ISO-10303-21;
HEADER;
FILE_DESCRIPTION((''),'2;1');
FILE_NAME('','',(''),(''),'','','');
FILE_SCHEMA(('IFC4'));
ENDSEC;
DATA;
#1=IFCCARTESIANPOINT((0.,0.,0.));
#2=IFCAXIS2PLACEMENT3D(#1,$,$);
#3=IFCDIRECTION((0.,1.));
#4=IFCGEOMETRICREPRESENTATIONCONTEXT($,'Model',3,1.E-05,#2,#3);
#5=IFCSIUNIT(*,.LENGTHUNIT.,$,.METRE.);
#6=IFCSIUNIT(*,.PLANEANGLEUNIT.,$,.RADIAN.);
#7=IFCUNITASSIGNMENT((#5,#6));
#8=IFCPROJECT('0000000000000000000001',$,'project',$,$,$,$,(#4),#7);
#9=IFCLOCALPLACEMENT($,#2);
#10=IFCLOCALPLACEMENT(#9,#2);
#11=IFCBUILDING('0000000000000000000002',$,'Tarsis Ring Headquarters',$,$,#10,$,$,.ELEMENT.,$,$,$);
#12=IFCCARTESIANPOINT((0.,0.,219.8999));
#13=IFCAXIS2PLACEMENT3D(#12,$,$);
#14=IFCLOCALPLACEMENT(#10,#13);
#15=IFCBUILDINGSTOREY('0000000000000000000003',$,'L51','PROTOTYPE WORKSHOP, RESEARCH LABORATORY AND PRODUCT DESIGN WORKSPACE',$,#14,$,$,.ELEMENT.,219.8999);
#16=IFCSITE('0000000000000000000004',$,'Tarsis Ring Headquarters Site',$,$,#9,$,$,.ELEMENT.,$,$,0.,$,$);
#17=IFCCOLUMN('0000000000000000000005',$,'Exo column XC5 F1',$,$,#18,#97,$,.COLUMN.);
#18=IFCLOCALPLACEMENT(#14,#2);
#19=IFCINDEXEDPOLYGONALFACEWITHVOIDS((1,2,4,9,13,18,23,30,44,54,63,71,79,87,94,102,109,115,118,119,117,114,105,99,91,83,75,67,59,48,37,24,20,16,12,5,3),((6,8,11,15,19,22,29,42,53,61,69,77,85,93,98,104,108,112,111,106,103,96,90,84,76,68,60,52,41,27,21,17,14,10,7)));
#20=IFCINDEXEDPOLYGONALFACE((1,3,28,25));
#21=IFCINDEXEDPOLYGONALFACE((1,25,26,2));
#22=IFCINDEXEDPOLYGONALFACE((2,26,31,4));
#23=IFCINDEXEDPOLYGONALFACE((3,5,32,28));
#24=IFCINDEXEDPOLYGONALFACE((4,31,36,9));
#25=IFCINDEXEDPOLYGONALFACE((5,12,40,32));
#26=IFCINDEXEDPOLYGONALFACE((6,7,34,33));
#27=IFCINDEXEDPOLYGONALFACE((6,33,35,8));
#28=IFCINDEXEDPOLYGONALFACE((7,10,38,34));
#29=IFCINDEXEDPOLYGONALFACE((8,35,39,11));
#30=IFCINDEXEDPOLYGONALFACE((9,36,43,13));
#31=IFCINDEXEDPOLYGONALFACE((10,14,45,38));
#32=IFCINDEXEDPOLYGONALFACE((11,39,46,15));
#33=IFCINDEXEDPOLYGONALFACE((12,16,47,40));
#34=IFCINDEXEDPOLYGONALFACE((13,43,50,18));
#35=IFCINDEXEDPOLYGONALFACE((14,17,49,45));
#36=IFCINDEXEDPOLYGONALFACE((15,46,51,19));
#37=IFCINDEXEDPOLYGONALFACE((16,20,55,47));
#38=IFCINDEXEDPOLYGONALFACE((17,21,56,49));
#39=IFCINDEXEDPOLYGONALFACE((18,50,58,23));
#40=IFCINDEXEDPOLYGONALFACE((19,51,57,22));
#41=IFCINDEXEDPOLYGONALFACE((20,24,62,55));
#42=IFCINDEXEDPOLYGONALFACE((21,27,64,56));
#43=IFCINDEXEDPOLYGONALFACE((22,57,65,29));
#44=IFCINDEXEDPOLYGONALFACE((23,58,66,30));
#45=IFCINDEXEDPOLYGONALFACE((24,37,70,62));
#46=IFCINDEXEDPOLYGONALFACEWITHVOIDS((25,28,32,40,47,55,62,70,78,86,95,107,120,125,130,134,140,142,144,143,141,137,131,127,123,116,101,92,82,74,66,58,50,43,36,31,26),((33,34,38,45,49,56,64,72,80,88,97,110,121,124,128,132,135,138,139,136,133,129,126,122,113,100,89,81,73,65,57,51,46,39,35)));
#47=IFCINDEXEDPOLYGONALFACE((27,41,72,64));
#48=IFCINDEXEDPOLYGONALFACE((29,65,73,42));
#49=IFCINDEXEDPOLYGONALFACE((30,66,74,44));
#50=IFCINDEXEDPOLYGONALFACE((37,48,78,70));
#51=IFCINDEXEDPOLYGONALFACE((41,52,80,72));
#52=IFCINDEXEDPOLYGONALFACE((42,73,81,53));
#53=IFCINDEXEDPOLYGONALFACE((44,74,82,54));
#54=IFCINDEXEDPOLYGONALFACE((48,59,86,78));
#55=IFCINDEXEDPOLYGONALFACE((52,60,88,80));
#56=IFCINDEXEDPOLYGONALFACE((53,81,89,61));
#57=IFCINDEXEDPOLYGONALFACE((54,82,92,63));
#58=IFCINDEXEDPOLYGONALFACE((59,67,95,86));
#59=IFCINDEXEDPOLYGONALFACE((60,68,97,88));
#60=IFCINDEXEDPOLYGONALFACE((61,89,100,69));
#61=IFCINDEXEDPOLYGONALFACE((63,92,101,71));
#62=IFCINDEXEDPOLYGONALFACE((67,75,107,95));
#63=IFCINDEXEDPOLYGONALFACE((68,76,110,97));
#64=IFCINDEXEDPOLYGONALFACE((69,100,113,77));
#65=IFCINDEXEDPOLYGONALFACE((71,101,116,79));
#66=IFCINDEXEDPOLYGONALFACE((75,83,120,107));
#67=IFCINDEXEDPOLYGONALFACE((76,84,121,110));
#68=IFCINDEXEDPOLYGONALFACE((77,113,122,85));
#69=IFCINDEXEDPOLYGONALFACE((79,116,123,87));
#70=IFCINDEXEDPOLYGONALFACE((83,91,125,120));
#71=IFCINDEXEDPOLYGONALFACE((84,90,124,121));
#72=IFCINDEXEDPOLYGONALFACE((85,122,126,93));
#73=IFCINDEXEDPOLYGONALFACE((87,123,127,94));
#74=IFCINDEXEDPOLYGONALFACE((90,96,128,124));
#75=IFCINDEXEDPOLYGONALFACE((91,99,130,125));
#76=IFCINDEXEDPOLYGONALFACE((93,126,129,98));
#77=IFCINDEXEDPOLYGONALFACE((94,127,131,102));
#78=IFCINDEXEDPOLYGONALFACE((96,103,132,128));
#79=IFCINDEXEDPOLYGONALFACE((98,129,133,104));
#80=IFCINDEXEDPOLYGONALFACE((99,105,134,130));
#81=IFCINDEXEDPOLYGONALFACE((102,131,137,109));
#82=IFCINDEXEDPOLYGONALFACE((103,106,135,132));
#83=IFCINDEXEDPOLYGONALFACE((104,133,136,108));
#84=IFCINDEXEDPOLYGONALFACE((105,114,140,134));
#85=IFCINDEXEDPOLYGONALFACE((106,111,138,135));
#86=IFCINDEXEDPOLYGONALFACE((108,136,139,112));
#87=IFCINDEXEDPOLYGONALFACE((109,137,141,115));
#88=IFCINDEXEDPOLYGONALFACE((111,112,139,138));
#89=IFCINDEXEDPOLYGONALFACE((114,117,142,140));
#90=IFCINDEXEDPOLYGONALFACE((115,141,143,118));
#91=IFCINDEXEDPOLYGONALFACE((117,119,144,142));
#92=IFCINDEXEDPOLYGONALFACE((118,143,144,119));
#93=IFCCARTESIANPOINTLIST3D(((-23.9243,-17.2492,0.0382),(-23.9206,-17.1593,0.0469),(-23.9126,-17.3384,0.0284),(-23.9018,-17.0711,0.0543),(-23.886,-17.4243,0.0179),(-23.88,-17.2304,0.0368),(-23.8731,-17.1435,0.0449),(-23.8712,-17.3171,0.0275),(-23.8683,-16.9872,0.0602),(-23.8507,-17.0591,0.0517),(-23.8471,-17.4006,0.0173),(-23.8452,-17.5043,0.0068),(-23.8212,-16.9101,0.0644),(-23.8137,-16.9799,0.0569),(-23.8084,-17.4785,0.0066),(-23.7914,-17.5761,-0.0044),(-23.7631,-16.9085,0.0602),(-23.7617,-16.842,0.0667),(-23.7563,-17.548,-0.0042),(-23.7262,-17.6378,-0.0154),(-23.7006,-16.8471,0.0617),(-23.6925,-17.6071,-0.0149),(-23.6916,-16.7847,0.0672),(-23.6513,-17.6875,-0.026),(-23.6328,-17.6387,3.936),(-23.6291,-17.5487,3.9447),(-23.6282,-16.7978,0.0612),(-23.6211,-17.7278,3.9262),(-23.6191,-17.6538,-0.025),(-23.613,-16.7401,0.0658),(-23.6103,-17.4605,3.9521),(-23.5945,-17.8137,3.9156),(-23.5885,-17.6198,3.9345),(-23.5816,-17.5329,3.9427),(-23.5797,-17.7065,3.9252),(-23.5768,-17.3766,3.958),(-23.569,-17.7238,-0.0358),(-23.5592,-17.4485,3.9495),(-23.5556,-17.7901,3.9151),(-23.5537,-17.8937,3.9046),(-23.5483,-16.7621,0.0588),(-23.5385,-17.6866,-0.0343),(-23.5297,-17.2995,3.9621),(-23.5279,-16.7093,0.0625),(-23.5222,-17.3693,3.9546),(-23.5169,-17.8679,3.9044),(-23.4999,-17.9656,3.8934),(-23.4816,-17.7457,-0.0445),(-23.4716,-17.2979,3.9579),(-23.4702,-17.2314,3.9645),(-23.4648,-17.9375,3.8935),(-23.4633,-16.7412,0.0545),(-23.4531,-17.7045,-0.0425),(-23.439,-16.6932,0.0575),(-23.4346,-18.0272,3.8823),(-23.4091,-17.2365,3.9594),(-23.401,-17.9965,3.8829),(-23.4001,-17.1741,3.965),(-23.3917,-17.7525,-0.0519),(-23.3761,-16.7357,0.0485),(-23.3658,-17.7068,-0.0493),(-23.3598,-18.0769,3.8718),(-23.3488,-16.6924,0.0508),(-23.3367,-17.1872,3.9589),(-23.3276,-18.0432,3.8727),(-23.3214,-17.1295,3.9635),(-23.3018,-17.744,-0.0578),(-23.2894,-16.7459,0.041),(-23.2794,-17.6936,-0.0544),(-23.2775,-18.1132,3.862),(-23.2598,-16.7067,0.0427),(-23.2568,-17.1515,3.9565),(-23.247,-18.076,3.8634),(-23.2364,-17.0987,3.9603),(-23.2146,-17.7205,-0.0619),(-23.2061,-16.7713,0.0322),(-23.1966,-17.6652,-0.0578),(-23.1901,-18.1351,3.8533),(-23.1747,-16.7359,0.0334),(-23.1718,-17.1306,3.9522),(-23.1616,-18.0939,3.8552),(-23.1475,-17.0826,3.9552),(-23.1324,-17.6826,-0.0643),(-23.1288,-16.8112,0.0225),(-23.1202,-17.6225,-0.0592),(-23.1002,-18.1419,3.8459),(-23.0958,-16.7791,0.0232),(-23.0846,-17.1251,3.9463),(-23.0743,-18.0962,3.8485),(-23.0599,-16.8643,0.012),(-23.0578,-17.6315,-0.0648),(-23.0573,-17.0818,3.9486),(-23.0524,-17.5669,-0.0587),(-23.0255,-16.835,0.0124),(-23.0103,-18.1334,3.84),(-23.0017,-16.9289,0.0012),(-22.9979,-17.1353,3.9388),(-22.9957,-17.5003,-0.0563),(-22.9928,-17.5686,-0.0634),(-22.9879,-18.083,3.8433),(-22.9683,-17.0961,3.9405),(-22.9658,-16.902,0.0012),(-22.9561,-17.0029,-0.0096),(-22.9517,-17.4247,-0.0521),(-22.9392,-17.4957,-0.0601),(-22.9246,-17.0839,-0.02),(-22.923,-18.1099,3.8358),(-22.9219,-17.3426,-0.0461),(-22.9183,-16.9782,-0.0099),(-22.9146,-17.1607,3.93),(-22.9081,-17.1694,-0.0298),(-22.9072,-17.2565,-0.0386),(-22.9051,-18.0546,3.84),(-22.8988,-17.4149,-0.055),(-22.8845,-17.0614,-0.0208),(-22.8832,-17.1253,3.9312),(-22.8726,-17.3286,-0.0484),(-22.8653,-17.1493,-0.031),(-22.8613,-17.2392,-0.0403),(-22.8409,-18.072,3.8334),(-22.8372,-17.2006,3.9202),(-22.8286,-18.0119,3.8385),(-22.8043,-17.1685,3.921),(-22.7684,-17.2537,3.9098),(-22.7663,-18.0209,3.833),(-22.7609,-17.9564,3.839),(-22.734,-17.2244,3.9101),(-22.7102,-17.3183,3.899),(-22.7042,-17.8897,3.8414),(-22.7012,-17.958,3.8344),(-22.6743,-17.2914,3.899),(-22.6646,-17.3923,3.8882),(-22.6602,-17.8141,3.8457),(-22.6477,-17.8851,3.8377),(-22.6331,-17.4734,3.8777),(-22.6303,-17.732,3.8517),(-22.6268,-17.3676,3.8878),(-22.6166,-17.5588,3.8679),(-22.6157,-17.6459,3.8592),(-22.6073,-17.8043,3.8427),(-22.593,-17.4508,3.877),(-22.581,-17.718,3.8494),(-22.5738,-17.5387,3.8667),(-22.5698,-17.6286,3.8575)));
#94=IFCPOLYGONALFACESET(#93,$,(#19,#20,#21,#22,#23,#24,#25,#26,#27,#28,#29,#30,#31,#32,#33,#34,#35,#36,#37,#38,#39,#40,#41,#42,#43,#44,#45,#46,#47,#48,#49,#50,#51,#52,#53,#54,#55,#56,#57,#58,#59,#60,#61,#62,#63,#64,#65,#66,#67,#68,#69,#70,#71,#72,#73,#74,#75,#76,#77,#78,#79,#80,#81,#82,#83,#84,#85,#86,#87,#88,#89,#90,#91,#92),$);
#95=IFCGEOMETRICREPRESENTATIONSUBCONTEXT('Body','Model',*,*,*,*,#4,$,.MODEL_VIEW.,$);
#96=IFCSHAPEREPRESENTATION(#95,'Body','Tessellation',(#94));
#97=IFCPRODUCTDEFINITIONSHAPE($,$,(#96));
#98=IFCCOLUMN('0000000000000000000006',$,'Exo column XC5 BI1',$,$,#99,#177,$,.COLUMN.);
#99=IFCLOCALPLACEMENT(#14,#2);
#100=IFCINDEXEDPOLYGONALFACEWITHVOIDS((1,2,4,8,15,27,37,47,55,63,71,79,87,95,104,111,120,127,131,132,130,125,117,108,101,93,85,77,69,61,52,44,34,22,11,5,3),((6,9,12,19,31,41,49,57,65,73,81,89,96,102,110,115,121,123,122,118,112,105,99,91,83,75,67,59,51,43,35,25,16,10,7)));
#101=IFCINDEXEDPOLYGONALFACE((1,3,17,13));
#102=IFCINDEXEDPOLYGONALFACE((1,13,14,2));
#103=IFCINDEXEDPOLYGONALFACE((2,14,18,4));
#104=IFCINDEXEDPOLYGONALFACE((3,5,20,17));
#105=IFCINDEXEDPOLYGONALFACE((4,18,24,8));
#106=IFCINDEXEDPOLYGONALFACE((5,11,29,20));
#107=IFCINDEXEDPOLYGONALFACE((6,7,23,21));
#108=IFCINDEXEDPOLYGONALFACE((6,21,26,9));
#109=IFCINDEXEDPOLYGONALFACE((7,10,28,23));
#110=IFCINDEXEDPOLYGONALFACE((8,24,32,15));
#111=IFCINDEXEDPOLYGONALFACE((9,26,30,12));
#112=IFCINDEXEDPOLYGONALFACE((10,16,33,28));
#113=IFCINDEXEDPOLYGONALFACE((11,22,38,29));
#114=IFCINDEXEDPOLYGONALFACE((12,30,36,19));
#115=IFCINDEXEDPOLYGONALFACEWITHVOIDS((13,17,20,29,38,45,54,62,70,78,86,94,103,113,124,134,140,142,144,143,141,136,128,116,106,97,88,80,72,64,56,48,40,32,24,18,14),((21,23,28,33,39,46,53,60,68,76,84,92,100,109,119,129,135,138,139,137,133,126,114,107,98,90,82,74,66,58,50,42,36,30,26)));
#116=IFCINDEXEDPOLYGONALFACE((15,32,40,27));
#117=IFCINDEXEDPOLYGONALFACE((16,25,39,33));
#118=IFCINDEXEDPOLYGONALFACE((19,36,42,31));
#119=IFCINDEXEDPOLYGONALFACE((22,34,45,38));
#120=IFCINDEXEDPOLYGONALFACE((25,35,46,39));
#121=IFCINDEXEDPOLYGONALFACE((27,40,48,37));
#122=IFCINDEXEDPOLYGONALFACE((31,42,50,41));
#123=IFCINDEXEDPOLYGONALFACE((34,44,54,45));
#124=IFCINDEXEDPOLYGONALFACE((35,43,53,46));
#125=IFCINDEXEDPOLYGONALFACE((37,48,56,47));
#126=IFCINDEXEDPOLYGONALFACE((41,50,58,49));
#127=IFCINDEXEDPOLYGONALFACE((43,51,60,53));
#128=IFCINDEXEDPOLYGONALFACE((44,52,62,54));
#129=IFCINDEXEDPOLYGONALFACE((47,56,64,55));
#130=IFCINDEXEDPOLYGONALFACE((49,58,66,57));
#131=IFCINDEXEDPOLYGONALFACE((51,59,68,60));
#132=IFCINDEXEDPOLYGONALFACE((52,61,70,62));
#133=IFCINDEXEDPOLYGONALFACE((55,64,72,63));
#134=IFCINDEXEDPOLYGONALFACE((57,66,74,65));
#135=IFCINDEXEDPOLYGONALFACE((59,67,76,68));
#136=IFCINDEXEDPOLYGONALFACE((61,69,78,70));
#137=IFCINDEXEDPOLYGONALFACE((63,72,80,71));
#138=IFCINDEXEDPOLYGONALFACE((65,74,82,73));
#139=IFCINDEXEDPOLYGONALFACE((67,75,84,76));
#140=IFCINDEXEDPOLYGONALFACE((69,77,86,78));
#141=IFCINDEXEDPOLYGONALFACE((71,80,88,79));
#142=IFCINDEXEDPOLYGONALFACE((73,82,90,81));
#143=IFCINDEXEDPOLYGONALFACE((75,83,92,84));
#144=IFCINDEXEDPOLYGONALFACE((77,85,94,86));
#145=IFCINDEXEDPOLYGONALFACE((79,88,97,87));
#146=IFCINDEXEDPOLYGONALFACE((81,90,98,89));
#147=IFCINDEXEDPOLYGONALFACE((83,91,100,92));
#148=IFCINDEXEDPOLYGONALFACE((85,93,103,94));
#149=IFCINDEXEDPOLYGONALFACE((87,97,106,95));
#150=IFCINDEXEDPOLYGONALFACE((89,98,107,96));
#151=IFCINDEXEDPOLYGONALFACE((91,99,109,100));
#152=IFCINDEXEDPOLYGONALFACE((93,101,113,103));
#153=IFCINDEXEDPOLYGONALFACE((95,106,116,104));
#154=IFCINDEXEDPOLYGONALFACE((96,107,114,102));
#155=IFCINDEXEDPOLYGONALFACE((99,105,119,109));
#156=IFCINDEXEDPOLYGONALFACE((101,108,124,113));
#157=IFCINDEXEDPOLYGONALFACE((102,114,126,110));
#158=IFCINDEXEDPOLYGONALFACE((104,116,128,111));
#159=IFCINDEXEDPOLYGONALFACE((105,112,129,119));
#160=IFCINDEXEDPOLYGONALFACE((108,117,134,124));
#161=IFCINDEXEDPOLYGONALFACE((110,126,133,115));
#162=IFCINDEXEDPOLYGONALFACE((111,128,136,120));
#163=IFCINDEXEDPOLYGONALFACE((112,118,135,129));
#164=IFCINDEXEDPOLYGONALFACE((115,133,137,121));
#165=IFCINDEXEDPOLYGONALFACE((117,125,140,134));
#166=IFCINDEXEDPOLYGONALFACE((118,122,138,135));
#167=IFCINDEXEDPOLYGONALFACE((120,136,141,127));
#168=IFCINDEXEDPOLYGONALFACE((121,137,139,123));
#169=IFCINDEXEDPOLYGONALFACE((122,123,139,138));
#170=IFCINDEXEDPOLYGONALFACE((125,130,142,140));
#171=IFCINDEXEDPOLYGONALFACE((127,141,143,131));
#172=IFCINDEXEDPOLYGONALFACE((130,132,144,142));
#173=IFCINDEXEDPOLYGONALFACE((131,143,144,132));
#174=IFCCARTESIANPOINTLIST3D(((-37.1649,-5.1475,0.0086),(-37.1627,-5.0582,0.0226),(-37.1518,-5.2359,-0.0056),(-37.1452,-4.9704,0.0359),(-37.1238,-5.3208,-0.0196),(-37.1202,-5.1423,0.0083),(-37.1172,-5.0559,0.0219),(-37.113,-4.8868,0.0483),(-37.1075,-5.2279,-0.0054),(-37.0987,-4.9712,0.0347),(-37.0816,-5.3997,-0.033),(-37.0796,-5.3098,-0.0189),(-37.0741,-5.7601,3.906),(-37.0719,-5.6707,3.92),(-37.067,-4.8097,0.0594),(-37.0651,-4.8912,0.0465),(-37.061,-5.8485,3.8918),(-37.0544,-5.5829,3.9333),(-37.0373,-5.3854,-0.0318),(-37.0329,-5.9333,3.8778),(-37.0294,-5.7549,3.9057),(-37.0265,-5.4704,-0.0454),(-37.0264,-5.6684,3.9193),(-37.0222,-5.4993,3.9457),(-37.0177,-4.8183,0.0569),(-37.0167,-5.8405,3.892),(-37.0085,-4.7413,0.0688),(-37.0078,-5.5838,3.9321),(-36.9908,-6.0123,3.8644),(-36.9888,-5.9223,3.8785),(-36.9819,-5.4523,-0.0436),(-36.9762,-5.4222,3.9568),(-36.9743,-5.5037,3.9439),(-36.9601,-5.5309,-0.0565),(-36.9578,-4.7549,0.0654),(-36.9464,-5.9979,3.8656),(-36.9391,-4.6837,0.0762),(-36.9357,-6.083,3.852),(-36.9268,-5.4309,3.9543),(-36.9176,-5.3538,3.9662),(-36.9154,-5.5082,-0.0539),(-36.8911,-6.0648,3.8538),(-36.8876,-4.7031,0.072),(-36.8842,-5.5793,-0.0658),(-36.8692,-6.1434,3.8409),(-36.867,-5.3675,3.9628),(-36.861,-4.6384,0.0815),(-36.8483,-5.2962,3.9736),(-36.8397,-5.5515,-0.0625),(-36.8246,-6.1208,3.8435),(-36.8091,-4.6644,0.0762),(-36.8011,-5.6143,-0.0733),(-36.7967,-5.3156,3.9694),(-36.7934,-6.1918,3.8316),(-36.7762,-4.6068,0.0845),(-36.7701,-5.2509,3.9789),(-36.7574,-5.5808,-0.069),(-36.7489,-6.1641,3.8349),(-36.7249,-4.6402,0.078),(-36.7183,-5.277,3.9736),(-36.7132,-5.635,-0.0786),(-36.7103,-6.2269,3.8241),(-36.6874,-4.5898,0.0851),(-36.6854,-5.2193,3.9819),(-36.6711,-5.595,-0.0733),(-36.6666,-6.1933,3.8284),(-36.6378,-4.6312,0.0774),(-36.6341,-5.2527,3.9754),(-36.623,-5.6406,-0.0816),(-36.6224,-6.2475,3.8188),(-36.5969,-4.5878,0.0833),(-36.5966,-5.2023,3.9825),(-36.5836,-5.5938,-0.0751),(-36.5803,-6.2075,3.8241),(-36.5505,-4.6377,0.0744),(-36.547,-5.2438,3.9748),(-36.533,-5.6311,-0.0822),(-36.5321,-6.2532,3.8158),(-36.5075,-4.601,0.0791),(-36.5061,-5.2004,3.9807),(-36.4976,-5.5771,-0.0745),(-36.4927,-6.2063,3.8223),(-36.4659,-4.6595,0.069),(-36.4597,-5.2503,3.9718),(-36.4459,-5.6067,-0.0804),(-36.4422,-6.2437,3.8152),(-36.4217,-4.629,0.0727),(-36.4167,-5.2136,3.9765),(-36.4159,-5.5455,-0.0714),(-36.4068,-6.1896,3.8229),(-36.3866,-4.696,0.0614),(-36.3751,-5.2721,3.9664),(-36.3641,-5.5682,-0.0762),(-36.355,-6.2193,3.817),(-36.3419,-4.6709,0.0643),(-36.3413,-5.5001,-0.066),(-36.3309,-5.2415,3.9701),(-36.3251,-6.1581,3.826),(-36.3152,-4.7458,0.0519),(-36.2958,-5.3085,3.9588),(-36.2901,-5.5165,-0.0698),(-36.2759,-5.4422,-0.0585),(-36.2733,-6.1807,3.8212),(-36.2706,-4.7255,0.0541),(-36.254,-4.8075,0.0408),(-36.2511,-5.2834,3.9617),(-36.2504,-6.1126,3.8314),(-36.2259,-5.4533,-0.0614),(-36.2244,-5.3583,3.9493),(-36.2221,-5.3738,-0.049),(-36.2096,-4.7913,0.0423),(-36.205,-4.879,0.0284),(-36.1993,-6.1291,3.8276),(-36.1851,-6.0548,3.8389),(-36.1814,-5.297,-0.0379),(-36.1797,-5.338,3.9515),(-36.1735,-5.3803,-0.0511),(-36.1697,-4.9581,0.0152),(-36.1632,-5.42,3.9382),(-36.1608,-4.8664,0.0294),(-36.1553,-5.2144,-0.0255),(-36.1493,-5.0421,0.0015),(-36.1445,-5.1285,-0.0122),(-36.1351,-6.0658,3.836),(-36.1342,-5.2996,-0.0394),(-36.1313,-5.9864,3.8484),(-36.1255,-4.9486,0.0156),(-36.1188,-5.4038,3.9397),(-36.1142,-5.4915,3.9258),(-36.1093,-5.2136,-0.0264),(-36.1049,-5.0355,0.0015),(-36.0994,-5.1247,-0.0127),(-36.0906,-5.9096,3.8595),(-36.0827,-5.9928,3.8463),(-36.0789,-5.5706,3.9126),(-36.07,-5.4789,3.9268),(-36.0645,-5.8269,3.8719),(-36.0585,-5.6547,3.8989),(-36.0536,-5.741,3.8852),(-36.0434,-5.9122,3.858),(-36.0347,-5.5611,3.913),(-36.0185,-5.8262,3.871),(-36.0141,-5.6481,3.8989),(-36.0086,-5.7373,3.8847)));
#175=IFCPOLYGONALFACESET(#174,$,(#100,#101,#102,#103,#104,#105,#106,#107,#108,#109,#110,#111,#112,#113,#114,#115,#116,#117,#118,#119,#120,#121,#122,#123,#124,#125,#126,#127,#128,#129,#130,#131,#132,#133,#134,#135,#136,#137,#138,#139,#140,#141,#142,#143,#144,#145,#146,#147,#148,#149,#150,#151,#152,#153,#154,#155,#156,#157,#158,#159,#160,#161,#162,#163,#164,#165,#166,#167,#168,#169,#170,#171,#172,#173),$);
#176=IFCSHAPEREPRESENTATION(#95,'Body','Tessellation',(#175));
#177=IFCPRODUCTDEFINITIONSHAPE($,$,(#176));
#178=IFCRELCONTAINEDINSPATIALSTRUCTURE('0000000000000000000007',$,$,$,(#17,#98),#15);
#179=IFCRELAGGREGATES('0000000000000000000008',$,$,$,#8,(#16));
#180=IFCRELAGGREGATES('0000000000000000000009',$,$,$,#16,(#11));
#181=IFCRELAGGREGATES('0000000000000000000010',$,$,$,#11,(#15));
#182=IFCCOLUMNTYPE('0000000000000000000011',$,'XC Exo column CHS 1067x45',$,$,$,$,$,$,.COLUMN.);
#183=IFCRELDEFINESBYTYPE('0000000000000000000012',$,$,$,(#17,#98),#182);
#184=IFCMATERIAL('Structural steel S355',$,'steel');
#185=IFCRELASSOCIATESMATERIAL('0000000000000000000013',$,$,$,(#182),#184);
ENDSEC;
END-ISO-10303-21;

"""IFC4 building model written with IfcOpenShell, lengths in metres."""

from ifc_helpers import new_model, si_unit, direction, frame, origin, origin_2d, place, context, subcontext, project, spatial, hollow_circle, extrude, material, material_profile, profile_set, type_object, element, save


model = new_model("IFC4")

# Units and contexts
model_context = context("Model", 3, precision=1e-05, world=origin(), true_north=direction((0.0, 1.0)))
body_context = subcontext(model_context, "Body", "Model", "MODEL_VIEW")
ifc_project = project(units=[si_unit("LENGTHUNIT", "METRE"), si_unit("PLANEANGLEUNIT", "RADIAN")], contexts=[model_context])

# Site, building, storey
site_placement = place(None, origin())
site = spatial("IfcSite", under=ifc_project, at=site_placement, Name="Tarsis Ring Headquarters Site", CompositionType="ELEMENT", RefElevation=0.0)
building_placement = place(site_placement, origin())
building = spatial("IfcBuilding", under=site, at=building_placement, Name="Tarsis Ring Headquarters", CompositionType="ELEMENT")
storey_placement = place(building_placement, frame((0.0, 0.0, 219.8999)))
storey = spatial("IfcBuildingStorey", under=building, at=storey_placement, Name="L51", Description="PROTOTYPE WORKSHOP, RESEARCH LABORATORY AND PRODUCT DESIGN WORKSPACE", CompositionType="ELEMENT", Elevation=219.8999)

# Columns
ifc_material_1 = material(Name="Structural steel S355", Category="steel")
ifc_material_profile_1 = material_profile(ifc_material_1, hollow_circle(Radius=0.5334, WallThickness=0.0449, at=origin_2d()), Name="CHS 1067x45")
ifc_profile_set_1 = profile_set([ifc_material_profile_1], Name="Structural steel S355")
column_type = type_object("IfcColumnType", Name="XC Exo column CHS 1067x45", PredefinedType="COLUMN", material=ifc_profile_set_1)
column_1_placement = place(storey_placement, frame((-23.3928, -17.2217, 0.0012), z_axis=(0.074213, -0.099137, 0.992303), x_axis=(0.800542, 0.599277, 0.0)))
element("IfcColumn", 1, at=column_1_placement, inside=storey, type_object=column_type, Name="Exo column XC5 F1", PredefinedType="COLUMN", context=body_context, shape_type="SweptSolid", body=[
    extrude(hollow_circle(Radius=0.5334, WallThickness=0.0449, at=origin_2d()), origin(), (0.0, 0.0, 1.0), 3.928),
])
column_2_placement = place(storey_placement, frame((-36.6326, -5.1138, 0.0015), z_axis=(0.023014, -0.155219, 0.987612), x_axis=(0.989187, 0.146663, 0.0)))
element("IfcColumn", 2, at=column_2_placement, inside=storey, type_object=column_type, Name="Exo column XC5 BI1", PredefinedType="COLUMN", context=body_context, shape_type="SweptSolid", body=[
    extrude(hollow_circle(Radius=0.5334, WallThickness=0.0449, at=origin_2d()), origin(), (0.0, 0.0, 1.0), 3.9463),
])

save(model, "model.ifc")
